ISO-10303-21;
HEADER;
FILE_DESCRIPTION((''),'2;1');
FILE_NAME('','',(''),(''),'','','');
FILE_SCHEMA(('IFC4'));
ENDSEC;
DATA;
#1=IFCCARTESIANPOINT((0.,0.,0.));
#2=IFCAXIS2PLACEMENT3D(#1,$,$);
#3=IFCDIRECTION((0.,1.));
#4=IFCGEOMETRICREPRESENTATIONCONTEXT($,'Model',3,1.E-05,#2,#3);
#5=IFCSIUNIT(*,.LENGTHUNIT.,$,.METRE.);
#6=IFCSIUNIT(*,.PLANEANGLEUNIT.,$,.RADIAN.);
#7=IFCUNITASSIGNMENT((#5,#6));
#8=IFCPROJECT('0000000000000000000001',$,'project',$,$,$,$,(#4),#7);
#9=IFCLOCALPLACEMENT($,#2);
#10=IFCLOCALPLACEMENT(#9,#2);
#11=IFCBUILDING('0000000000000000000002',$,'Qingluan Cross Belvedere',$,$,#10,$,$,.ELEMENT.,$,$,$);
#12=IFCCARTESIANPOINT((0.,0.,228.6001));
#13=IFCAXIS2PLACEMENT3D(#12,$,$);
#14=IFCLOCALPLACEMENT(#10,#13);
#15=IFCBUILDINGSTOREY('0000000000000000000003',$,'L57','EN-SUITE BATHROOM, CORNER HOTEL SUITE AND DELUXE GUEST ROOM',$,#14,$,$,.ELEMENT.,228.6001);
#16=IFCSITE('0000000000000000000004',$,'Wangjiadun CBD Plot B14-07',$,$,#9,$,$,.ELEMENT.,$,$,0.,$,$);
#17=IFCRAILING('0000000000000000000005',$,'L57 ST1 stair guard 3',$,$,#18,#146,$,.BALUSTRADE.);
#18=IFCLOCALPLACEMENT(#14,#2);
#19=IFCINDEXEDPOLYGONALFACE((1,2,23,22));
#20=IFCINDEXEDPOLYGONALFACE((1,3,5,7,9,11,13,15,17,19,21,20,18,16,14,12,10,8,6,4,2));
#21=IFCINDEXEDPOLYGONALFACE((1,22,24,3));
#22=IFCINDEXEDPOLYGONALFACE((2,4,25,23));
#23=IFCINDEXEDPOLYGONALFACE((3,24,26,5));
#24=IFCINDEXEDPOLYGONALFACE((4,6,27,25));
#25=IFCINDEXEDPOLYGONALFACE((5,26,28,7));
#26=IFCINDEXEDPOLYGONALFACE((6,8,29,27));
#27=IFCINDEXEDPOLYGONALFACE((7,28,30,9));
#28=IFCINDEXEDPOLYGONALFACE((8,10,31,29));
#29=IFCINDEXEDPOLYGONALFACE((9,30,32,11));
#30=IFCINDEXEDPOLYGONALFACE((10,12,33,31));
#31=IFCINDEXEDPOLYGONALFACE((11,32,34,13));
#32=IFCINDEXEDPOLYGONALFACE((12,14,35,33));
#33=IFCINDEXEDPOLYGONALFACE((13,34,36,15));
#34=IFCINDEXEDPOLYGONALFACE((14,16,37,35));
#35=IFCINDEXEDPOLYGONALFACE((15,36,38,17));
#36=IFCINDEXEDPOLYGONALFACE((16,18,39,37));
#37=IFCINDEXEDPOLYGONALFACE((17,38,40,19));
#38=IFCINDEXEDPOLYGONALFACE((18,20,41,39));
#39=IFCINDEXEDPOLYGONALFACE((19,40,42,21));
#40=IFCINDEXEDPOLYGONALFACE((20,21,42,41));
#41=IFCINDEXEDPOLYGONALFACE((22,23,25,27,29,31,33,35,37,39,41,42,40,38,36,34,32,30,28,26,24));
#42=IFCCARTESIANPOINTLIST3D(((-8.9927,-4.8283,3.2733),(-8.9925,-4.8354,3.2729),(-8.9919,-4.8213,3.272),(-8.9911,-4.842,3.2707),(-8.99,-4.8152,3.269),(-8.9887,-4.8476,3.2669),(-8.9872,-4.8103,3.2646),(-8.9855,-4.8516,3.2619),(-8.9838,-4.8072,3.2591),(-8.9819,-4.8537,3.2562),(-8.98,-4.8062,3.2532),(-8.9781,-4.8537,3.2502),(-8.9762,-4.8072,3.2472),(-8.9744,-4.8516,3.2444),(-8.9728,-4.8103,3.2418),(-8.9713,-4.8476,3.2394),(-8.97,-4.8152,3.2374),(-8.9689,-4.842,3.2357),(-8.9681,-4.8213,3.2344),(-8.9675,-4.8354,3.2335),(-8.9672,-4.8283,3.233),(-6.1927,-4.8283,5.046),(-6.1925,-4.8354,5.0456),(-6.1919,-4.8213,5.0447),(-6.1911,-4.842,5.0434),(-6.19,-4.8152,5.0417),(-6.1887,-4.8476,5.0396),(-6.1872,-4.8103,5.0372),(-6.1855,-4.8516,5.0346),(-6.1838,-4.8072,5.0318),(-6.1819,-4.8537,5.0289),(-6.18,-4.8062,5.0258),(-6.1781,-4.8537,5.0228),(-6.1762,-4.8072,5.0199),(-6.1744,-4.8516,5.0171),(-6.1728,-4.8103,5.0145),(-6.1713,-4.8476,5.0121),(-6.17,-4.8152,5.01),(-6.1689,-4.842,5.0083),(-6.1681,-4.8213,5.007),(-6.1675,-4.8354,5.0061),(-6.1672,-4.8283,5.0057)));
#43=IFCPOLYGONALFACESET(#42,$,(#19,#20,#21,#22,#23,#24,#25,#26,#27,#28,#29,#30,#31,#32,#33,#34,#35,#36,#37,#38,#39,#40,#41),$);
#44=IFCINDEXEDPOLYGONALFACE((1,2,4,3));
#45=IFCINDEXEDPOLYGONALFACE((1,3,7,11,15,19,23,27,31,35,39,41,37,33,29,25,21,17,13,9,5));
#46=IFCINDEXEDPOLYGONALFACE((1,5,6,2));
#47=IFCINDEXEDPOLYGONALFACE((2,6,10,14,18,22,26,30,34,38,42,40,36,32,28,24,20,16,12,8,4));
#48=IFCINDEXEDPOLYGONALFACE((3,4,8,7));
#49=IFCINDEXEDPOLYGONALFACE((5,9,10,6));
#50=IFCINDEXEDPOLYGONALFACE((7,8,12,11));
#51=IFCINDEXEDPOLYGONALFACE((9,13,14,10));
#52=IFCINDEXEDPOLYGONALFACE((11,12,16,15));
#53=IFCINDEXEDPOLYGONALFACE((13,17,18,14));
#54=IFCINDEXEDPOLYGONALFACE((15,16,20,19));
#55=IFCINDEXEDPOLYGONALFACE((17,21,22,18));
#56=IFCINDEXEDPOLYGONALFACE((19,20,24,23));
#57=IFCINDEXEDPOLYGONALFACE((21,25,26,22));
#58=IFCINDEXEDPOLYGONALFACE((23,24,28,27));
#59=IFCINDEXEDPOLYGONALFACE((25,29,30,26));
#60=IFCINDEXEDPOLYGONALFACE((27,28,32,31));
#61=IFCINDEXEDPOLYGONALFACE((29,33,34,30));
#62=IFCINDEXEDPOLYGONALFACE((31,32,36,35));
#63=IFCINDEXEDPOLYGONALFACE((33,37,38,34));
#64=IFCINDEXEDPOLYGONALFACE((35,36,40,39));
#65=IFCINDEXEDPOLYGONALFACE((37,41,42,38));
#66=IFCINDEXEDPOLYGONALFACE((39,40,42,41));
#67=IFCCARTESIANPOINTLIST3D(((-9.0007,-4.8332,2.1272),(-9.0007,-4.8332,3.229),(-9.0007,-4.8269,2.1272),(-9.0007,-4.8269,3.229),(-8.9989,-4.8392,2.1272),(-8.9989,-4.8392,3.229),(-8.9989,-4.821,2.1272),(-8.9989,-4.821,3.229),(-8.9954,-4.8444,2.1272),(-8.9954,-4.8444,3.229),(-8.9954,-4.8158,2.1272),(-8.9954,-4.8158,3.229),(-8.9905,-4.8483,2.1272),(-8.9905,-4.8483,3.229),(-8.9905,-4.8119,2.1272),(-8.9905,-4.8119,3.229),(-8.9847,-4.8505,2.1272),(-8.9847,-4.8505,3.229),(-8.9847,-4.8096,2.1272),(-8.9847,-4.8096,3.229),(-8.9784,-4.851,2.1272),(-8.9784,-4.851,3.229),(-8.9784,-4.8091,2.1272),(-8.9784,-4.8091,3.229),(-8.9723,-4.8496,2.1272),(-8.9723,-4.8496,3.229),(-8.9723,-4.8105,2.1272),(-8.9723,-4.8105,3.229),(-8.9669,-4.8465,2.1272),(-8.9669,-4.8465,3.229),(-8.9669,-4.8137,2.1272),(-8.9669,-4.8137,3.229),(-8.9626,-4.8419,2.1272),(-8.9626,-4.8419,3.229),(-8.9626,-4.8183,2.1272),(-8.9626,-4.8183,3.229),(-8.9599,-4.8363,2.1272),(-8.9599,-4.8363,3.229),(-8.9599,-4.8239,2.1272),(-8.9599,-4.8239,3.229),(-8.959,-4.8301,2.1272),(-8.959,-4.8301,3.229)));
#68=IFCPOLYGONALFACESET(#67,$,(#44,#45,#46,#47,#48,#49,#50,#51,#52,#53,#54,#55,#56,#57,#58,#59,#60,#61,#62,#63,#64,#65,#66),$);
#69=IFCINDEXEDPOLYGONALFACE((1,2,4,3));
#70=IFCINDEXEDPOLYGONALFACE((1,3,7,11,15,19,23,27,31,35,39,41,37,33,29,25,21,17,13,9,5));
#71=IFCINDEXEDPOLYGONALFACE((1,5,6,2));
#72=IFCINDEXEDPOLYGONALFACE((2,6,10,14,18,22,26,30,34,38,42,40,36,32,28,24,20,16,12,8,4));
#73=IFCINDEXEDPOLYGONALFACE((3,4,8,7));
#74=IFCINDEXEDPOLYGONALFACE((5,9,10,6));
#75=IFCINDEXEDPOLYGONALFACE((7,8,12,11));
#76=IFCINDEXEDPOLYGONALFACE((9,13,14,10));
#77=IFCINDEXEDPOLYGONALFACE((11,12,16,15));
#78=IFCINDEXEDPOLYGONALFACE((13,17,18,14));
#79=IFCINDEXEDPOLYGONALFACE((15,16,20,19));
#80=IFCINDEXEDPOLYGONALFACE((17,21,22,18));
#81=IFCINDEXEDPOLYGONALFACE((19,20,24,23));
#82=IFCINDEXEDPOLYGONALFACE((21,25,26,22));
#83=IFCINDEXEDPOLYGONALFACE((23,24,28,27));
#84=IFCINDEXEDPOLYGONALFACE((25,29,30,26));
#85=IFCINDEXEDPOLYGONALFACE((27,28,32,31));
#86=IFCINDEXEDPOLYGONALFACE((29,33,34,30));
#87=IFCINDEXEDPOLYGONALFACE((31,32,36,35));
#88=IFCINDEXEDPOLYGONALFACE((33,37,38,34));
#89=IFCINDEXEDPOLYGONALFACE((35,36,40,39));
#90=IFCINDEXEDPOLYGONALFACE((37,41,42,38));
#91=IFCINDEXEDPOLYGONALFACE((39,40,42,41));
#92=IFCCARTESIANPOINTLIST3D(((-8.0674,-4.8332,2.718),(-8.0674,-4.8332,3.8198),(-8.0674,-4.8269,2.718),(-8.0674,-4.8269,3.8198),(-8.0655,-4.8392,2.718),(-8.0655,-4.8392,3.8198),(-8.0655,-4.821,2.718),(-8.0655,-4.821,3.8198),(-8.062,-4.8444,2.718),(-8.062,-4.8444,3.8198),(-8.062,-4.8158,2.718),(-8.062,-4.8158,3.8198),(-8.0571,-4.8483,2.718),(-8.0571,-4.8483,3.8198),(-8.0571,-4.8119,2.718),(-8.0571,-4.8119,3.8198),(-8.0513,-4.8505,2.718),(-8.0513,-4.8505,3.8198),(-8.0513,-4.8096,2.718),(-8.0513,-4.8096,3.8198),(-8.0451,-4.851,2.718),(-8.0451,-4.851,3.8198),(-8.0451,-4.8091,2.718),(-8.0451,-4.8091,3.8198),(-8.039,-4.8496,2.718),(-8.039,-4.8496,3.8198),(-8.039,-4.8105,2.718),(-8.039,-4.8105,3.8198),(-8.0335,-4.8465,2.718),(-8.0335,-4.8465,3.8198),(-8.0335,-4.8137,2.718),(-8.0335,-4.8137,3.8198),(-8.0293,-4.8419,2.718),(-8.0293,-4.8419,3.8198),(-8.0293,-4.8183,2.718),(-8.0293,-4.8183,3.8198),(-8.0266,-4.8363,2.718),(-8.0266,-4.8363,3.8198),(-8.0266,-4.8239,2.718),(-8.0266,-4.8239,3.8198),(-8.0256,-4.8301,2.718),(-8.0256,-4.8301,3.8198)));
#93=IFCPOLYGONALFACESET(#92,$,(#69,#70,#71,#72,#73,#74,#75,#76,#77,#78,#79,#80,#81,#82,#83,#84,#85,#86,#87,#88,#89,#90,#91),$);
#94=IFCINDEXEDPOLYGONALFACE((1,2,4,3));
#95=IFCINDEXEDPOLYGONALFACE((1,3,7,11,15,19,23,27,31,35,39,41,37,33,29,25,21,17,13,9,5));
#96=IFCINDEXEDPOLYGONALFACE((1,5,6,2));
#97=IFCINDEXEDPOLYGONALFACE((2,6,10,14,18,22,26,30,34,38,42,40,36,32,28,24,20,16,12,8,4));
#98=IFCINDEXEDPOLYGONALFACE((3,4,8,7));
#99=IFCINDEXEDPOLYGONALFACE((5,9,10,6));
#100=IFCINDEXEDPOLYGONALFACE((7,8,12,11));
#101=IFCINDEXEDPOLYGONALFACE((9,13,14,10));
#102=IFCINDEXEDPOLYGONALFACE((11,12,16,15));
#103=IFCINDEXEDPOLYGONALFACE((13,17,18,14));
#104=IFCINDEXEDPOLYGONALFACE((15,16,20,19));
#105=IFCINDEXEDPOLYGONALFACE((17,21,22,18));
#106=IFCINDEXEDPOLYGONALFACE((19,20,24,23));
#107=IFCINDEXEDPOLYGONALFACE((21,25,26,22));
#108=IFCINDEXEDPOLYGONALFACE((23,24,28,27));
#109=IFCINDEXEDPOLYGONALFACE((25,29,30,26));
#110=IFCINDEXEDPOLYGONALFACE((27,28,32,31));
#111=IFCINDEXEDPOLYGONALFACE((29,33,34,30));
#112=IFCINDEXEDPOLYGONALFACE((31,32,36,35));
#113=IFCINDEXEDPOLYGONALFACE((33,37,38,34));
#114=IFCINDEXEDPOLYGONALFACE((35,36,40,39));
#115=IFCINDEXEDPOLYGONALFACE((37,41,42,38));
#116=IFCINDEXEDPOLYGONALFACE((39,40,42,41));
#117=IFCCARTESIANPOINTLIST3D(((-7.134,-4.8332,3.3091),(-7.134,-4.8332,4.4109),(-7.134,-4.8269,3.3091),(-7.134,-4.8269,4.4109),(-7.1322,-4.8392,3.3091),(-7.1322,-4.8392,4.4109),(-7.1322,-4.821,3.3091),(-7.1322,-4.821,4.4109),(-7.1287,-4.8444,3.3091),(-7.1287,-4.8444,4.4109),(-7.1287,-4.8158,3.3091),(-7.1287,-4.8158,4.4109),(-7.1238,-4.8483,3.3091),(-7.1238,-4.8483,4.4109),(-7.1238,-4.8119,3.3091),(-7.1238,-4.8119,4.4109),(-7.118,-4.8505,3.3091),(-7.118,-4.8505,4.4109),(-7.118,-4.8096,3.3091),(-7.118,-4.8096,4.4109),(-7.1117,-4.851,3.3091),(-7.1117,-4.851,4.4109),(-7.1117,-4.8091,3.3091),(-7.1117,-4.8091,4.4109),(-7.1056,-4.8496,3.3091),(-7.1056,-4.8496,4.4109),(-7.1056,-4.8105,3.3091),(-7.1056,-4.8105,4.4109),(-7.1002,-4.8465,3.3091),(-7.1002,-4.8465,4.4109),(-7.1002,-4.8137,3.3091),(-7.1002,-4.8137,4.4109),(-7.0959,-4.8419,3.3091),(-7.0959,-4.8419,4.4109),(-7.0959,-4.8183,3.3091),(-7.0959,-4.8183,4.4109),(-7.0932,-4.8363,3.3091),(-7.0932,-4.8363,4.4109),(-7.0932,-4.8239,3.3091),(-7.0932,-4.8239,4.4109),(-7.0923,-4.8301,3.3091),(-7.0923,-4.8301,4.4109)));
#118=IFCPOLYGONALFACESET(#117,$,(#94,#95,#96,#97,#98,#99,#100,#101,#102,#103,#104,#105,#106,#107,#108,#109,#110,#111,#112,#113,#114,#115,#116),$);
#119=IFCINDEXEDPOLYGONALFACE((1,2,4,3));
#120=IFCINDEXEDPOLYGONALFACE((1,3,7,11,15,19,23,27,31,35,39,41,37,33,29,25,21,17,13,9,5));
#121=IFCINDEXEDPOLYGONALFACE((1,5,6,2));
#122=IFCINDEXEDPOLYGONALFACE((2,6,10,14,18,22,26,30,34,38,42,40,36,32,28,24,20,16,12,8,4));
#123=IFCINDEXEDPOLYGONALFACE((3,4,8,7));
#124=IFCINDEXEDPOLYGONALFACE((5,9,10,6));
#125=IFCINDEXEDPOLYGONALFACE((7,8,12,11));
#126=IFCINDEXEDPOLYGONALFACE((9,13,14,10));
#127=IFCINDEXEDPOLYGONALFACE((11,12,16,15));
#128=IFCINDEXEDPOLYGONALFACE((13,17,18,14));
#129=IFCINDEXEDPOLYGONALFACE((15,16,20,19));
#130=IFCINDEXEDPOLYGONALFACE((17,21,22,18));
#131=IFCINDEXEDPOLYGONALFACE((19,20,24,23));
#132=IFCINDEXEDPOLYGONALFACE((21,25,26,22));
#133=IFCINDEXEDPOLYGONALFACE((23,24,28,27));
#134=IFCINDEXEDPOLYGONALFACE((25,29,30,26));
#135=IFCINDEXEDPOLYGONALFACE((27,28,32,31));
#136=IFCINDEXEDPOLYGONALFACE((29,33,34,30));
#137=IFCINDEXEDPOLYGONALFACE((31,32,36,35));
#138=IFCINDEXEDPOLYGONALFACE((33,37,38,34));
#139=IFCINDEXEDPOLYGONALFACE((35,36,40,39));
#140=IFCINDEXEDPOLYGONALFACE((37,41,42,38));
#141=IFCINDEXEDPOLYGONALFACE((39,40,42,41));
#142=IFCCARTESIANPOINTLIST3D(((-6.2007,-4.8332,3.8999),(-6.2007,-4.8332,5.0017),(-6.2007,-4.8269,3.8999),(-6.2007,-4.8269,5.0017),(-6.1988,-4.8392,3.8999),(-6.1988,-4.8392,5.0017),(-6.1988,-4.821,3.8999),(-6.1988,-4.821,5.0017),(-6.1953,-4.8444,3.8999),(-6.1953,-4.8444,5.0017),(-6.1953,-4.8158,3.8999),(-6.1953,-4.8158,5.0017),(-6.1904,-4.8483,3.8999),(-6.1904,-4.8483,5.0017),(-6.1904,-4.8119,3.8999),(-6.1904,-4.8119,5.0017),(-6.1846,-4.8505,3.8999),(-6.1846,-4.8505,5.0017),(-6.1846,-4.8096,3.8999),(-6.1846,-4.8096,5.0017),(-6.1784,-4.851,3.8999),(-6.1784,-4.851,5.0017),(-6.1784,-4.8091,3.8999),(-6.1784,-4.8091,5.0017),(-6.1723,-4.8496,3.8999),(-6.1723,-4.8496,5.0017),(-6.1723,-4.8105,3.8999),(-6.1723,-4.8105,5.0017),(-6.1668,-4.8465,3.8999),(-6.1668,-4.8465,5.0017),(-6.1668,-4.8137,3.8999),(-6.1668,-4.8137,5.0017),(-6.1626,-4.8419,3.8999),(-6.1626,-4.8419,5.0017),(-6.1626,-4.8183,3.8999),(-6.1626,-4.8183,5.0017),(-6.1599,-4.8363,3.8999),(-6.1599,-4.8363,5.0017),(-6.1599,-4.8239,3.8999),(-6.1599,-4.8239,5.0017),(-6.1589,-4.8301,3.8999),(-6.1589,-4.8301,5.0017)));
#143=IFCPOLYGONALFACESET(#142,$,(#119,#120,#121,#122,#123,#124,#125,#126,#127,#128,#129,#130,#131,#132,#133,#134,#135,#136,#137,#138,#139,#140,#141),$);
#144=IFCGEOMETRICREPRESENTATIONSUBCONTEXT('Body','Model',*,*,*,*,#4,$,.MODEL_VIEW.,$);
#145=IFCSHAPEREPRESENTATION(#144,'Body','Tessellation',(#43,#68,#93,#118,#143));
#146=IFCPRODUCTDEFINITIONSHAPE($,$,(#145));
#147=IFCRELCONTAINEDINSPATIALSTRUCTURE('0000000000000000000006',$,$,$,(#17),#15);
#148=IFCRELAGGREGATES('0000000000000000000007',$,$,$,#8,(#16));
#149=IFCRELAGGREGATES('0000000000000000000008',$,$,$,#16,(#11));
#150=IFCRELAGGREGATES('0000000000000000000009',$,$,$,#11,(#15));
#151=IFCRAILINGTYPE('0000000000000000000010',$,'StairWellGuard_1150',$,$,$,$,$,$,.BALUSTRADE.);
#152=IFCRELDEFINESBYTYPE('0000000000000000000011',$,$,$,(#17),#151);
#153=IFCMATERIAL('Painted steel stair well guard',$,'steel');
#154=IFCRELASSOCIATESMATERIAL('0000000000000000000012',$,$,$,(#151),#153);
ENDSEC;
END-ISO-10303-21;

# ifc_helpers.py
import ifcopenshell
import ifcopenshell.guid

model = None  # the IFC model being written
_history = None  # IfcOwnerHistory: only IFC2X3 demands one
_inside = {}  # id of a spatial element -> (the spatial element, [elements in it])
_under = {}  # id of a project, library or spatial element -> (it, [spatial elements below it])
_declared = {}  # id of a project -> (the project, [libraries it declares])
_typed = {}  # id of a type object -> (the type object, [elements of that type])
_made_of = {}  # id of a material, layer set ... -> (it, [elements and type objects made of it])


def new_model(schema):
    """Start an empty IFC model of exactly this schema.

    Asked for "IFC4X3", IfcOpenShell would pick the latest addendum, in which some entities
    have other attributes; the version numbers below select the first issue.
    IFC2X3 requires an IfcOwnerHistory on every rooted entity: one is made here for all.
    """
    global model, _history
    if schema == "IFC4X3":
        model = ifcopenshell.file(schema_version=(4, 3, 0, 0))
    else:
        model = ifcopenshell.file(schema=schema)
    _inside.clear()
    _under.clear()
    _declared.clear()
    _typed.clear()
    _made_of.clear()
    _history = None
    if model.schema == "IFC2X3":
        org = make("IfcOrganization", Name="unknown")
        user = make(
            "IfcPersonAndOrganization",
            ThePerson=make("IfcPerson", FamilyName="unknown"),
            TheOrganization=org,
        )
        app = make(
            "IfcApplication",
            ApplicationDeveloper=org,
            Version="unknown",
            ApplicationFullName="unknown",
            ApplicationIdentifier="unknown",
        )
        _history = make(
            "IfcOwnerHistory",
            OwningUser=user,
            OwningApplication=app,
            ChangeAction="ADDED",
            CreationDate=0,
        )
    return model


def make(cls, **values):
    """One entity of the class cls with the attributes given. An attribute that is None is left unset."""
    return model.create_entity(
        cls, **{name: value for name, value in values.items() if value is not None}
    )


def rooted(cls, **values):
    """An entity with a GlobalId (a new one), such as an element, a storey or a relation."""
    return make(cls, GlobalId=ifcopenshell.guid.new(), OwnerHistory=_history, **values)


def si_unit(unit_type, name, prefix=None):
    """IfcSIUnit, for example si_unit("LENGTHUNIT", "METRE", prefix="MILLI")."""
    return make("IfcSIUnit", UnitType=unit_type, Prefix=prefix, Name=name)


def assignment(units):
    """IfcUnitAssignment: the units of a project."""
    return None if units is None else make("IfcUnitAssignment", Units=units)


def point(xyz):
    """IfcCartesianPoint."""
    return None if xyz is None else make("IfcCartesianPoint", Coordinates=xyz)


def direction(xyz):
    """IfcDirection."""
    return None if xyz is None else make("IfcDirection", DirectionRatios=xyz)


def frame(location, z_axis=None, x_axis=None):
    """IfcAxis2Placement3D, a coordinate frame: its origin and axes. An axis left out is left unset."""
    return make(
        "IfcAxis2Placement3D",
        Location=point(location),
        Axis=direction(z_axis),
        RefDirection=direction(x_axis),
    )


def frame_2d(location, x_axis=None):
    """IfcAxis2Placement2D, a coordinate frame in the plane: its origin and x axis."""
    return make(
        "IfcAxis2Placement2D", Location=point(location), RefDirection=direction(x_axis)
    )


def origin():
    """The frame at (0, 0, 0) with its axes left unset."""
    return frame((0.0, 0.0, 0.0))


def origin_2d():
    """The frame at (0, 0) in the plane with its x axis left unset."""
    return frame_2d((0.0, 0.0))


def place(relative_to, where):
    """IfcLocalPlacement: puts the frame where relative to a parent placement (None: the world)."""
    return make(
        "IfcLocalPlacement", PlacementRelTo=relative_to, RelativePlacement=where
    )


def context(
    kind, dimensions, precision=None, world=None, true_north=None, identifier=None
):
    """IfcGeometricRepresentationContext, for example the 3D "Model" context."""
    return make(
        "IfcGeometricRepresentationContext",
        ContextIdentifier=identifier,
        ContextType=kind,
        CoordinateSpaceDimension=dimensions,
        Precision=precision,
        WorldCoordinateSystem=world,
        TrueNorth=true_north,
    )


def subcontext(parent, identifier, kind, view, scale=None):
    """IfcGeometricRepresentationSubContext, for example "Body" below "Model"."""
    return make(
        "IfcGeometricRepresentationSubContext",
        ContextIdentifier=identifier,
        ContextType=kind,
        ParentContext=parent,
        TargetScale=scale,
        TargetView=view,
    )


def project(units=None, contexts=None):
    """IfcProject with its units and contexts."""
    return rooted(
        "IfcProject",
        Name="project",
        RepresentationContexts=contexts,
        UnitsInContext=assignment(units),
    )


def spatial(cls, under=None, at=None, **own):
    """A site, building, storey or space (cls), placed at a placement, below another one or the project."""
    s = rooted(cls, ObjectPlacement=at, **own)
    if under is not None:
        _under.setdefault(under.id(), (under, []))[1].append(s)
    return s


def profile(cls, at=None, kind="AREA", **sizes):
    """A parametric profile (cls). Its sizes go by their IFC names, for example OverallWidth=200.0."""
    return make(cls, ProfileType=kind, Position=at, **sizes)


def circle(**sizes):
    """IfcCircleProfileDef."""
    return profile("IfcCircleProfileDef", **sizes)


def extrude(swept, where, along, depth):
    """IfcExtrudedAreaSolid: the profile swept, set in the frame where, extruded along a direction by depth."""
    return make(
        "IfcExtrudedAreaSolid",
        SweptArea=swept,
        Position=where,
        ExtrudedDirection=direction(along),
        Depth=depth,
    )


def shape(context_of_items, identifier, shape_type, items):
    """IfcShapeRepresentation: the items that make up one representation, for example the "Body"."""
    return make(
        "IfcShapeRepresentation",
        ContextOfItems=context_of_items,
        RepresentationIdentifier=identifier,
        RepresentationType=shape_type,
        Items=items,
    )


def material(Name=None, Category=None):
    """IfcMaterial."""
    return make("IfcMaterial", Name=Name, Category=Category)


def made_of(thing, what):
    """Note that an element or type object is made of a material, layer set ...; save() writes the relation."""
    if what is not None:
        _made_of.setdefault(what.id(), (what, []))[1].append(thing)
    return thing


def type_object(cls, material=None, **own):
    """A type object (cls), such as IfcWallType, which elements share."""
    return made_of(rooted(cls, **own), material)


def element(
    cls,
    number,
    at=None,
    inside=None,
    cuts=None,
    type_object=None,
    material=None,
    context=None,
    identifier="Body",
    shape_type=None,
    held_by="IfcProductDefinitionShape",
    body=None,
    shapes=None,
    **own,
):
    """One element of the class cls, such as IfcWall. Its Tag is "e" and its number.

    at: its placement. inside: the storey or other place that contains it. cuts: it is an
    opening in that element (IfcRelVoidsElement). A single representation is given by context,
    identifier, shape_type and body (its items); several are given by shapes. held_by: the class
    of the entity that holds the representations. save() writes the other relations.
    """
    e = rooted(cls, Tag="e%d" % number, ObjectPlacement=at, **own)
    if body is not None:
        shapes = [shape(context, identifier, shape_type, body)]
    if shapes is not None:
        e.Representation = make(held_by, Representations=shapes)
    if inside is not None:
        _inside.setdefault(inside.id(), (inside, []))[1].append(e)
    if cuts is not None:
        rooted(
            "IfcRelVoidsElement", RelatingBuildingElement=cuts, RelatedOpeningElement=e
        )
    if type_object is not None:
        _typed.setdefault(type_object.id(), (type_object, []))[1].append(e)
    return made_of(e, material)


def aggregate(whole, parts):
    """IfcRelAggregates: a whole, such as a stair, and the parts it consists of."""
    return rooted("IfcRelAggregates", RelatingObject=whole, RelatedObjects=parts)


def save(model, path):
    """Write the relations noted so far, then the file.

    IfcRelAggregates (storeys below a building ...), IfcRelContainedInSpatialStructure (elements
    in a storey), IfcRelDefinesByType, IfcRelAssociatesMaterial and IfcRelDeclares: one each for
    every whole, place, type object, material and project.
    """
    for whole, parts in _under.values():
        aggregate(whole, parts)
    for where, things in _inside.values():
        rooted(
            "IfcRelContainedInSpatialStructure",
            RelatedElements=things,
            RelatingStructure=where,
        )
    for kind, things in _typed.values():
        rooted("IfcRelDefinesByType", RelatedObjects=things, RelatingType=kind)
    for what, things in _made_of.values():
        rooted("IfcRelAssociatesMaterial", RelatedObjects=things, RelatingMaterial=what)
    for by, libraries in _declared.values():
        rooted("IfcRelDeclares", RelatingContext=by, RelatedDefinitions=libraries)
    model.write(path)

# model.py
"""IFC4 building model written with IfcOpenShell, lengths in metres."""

from ifc_helpers import new_model, si_unit, direction, frame, origin, origin_2d, place, context, subcontext, project, spatial, circle, extrude, material, type_object, element, save


model = new_model("IFC4")

# Units and contexts
model_context = context("Model", 3, precision=1e-05, world=origin(), true_north=direction((0.0, 1.0)))
body_context = subcontext(model_context, "Body", "Model", "MODEL_VIEW")
ifc_project = project(units=[si_unit("LENGTHUNIT", "METRE"), si_unit("PLANEANGLEUNIT", "RADIAN")], contexts=[model_context])

# Site, building, storey
site_placement = place(None, origin())
site = spatial("IfcSite", under=ifc_project, at=site_placement, Name="Wangjiadun CBD Plot B14-07", CompositionType="ELEMENT", RefElevation=0.0)
building_placement = place(site_placement, origin())
building = spatial("IfcBuilding", under=site, at=building_placement, Name="Qingluan Cross Belvedere", CompositionType="ELEMENT")
storey_placement = place(building_placement, frame((0.0, 0.0, 228.6001)))
storey = spatial("IfcBuildingStorey", under=building, at=storey_placement, Name="L57", Description="EN-SUITE BATHROOM, CORNER HOTEL SUITE AND DELUXE GUEST ROOM", CompositionType="ELEMENT", Elevation=228.6001)

# Railing
ifc_material_1 = material(Name="Painted steel stair well guard", Category="steel")
railing_type_1 = type_object("IfcRailingType", Name="StairWellGuard_1150", PredefinedType="BALUSTRADE", material=ifc_material_1)
railing_1_placement = place(storey_placement, frame((-8.98, -4.8301, 2.1272)))
element("IfcRailing", 1, at=railing_1_placement, inside=storey, type_object=railing_type_1, Name="L57 ST1 stair guard 3", PredefinedType="BALUSTRADE", context=body_context, shape_type="SweptSolid", body=[
    extrude(circle(Radius=0.0239, at=origin_2d()), frame((0.0, 0.0, 1.126), z_axis=(0.844909, 0.0, 0.53491), x_axis=(0.0, 1.0, 0.0)), (0.0, 0.0, 1.0), 3.314),
    extrude(circle(Radius=0.021, at=origin_2d()), origin(), (0.0, 0.0, 1.0), 1.1018),
    extrude(circle(Radius=0.021, at=origin_2d()), frame((0.9333, 0.0, 0.5908)), (0.0, 0.0, 1.0), 1.1018),
    extrude(circle(Radius=0.021, at=origin_2d()), frame((1.8667, 0.0, 1.1819)), (0.0, 0.0, 1.0), 1.1018),
    extrude(circle(Radius=0.021, at=origin_2d()), frame((2.8, 0.0, 1.7727)), (0.0, 0.0, 1.0), 1.1018),
])

save(model, "model.ifc")
